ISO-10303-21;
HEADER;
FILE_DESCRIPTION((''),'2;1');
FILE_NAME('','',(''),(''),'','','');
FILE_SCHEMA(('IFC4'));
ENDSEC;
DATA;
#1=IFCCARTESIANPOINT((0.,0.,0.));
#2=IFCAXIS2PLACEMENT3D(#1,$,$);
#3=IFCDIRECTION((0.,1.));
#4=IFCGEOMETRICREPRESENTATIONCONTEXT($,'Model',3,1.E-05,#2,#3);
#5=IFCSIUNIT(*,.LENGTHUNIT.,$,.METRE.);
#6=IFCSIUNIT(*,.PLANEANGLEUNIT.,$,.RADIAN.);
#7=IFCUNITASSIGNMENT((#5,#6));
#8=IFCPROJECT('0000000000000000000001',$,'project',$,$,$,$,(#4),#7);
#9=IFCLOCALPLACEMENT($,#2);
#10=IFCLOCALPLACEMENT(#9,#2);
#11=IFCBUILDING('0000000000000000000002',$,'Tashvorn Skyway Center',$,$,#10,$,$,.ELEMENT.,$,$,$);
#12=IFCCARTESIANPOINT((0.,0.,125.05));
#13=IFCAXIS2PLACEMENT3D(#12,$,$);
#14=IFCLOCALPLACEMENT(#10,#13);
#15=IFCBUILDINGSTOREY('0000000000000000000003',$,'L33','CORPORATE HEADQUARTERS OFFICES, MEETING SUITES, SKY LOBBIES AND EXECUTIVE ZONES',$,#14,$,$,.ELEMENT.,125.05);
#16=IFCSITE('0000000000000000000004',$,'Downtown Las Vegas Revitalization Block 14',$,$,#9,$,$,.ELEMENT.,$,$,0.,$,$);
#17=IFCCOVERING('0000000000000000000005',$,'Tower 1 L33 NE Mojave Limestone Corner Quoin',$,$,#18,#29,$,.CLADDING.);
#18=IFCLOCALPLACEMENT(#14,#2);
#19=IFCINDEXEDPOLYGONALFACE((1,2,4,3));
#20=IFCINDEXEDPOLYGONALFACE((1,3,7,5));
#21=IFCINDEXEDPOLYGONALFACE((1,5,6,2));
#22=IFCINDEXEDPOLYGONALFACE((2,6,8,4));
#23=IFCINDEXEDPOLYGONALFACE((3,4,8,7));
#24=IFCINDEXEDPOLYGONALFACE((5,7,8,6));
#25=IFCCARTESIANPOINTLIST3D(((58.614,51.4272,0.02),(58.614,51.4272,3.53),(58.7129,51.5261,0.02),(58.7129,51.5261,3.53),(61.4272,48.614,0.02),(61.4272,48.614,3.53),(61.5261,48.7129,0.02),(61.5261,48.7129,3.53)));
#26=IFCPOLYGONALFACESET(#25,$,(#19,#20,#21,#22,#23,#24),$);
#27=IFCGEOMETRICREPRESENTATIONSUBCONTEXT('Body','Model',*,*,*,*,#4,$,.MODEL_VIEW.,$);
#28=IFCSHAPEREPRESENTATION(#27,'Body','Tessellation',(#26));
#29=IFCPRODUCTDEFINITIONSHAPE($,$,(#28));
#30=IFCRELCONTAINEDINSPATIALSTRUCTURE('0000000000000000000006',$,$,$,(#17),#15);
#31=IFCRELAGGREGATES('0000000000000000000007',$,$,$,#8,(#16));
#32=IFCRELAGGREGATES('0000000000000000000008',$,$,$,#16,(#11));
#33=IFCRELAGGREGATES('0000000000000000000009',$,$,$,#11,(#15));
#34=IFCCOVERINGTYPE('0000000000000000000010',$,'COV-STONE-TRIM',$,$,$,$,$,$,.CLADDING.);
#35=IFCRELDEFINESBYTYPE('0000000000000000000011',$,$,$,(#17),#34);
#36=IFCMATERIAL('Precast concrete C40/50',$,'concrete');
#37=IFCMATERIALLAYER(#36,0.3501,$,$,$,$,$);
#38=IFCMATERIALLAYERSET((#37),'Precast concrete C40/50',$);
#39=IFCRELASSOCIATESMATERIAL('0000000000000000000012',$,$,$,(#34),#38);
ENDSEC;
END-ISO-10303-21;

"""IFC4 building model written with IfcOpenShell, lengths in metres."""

from ifc_helpers import new_model, si_unit, direction, frame, origin, origin_2d, place, context, subcontext, project, spatial, rectangle, extrude, material, layer, layer_set, type_object, element, save


model = new_model("IFC4")

# Units and contexts
model_context = context("Model", 3, precision=1e-05, world=origin(), true_north=direction((0.0, 1.0)))
body_context = subcontext(model_context, "Body", "Model", "MODEL_VIEW")
ifc_project = project(units=[si_unit("LENGTHUNIT", "METRE"), si_unit("PLANEANGLEUNIT", "RADIAN")], contexts=[model_context])

# Site, building, storey
site_placement = place(None, origin())
site = spatial("IfcSite", under=ifc_project, at=site_placement, Name="Downtown Las Vegas Revitalization Block 14", CompositionType="ELEMENT", RefElevation=0.0)
building_placement = place(site_placement, origin())
building = spatial("IfcBuilding", under=site, at=building_placement, Name="Tashvorn Skyway Center", CompositionType="ELEMENT")
storey_placement = place(building_placement, frame((0.0, 0.0, 125.05)))
storey = spatial("IfcBuildingStorey", under=building, at=storey_placement, Name="L33", Description="CORPORATE HEADQUARTERS OFFICES, MEETING SUITES, SKY LOBBIES AND EXECUTIVE ZONES", CompositionType="ELEMENT", Elevation=125.05)

# Shared definitions
ifc_material_1 = material(Name="Precast concrete C40/50", Category="concrete")

# Covering
ifc_layer_1 = layer(ifc_material_1, 0.3501)
ifc_layer_set_1 = layer_set([ifc_layer_1], Name="Precast concrete C40/50")
covering_type_1 = type_object("IfcCoveringType", Name="COV-STONE-TRIM", PredefinedType="CLADDING", material=ifc_layer_set_1)
covering_1_placement = place(storey_placement, frame((60.0701, 50.0701, 0.02), z_axis=(0.0, 0.0, 1.0), x_axis=(0.707107, -0.707107, 0.0)))
element("IfcCovering", 1, at=covering_1_placement, inside=storey, type_object=covering_type_1, Name="Tower 1 L33 NE Mojave Limestone Corner Quoin", PredefinedType="CLADDING", context=body_context, shape_type="SweptSolid", body=[
    extrude(rectangle(XDim=3.9785, YDim=0.1399, at=origin_2d()), origin(), (0.0, 0.0, 1.0), 3.51),
])

save(model, "model.ifc")
